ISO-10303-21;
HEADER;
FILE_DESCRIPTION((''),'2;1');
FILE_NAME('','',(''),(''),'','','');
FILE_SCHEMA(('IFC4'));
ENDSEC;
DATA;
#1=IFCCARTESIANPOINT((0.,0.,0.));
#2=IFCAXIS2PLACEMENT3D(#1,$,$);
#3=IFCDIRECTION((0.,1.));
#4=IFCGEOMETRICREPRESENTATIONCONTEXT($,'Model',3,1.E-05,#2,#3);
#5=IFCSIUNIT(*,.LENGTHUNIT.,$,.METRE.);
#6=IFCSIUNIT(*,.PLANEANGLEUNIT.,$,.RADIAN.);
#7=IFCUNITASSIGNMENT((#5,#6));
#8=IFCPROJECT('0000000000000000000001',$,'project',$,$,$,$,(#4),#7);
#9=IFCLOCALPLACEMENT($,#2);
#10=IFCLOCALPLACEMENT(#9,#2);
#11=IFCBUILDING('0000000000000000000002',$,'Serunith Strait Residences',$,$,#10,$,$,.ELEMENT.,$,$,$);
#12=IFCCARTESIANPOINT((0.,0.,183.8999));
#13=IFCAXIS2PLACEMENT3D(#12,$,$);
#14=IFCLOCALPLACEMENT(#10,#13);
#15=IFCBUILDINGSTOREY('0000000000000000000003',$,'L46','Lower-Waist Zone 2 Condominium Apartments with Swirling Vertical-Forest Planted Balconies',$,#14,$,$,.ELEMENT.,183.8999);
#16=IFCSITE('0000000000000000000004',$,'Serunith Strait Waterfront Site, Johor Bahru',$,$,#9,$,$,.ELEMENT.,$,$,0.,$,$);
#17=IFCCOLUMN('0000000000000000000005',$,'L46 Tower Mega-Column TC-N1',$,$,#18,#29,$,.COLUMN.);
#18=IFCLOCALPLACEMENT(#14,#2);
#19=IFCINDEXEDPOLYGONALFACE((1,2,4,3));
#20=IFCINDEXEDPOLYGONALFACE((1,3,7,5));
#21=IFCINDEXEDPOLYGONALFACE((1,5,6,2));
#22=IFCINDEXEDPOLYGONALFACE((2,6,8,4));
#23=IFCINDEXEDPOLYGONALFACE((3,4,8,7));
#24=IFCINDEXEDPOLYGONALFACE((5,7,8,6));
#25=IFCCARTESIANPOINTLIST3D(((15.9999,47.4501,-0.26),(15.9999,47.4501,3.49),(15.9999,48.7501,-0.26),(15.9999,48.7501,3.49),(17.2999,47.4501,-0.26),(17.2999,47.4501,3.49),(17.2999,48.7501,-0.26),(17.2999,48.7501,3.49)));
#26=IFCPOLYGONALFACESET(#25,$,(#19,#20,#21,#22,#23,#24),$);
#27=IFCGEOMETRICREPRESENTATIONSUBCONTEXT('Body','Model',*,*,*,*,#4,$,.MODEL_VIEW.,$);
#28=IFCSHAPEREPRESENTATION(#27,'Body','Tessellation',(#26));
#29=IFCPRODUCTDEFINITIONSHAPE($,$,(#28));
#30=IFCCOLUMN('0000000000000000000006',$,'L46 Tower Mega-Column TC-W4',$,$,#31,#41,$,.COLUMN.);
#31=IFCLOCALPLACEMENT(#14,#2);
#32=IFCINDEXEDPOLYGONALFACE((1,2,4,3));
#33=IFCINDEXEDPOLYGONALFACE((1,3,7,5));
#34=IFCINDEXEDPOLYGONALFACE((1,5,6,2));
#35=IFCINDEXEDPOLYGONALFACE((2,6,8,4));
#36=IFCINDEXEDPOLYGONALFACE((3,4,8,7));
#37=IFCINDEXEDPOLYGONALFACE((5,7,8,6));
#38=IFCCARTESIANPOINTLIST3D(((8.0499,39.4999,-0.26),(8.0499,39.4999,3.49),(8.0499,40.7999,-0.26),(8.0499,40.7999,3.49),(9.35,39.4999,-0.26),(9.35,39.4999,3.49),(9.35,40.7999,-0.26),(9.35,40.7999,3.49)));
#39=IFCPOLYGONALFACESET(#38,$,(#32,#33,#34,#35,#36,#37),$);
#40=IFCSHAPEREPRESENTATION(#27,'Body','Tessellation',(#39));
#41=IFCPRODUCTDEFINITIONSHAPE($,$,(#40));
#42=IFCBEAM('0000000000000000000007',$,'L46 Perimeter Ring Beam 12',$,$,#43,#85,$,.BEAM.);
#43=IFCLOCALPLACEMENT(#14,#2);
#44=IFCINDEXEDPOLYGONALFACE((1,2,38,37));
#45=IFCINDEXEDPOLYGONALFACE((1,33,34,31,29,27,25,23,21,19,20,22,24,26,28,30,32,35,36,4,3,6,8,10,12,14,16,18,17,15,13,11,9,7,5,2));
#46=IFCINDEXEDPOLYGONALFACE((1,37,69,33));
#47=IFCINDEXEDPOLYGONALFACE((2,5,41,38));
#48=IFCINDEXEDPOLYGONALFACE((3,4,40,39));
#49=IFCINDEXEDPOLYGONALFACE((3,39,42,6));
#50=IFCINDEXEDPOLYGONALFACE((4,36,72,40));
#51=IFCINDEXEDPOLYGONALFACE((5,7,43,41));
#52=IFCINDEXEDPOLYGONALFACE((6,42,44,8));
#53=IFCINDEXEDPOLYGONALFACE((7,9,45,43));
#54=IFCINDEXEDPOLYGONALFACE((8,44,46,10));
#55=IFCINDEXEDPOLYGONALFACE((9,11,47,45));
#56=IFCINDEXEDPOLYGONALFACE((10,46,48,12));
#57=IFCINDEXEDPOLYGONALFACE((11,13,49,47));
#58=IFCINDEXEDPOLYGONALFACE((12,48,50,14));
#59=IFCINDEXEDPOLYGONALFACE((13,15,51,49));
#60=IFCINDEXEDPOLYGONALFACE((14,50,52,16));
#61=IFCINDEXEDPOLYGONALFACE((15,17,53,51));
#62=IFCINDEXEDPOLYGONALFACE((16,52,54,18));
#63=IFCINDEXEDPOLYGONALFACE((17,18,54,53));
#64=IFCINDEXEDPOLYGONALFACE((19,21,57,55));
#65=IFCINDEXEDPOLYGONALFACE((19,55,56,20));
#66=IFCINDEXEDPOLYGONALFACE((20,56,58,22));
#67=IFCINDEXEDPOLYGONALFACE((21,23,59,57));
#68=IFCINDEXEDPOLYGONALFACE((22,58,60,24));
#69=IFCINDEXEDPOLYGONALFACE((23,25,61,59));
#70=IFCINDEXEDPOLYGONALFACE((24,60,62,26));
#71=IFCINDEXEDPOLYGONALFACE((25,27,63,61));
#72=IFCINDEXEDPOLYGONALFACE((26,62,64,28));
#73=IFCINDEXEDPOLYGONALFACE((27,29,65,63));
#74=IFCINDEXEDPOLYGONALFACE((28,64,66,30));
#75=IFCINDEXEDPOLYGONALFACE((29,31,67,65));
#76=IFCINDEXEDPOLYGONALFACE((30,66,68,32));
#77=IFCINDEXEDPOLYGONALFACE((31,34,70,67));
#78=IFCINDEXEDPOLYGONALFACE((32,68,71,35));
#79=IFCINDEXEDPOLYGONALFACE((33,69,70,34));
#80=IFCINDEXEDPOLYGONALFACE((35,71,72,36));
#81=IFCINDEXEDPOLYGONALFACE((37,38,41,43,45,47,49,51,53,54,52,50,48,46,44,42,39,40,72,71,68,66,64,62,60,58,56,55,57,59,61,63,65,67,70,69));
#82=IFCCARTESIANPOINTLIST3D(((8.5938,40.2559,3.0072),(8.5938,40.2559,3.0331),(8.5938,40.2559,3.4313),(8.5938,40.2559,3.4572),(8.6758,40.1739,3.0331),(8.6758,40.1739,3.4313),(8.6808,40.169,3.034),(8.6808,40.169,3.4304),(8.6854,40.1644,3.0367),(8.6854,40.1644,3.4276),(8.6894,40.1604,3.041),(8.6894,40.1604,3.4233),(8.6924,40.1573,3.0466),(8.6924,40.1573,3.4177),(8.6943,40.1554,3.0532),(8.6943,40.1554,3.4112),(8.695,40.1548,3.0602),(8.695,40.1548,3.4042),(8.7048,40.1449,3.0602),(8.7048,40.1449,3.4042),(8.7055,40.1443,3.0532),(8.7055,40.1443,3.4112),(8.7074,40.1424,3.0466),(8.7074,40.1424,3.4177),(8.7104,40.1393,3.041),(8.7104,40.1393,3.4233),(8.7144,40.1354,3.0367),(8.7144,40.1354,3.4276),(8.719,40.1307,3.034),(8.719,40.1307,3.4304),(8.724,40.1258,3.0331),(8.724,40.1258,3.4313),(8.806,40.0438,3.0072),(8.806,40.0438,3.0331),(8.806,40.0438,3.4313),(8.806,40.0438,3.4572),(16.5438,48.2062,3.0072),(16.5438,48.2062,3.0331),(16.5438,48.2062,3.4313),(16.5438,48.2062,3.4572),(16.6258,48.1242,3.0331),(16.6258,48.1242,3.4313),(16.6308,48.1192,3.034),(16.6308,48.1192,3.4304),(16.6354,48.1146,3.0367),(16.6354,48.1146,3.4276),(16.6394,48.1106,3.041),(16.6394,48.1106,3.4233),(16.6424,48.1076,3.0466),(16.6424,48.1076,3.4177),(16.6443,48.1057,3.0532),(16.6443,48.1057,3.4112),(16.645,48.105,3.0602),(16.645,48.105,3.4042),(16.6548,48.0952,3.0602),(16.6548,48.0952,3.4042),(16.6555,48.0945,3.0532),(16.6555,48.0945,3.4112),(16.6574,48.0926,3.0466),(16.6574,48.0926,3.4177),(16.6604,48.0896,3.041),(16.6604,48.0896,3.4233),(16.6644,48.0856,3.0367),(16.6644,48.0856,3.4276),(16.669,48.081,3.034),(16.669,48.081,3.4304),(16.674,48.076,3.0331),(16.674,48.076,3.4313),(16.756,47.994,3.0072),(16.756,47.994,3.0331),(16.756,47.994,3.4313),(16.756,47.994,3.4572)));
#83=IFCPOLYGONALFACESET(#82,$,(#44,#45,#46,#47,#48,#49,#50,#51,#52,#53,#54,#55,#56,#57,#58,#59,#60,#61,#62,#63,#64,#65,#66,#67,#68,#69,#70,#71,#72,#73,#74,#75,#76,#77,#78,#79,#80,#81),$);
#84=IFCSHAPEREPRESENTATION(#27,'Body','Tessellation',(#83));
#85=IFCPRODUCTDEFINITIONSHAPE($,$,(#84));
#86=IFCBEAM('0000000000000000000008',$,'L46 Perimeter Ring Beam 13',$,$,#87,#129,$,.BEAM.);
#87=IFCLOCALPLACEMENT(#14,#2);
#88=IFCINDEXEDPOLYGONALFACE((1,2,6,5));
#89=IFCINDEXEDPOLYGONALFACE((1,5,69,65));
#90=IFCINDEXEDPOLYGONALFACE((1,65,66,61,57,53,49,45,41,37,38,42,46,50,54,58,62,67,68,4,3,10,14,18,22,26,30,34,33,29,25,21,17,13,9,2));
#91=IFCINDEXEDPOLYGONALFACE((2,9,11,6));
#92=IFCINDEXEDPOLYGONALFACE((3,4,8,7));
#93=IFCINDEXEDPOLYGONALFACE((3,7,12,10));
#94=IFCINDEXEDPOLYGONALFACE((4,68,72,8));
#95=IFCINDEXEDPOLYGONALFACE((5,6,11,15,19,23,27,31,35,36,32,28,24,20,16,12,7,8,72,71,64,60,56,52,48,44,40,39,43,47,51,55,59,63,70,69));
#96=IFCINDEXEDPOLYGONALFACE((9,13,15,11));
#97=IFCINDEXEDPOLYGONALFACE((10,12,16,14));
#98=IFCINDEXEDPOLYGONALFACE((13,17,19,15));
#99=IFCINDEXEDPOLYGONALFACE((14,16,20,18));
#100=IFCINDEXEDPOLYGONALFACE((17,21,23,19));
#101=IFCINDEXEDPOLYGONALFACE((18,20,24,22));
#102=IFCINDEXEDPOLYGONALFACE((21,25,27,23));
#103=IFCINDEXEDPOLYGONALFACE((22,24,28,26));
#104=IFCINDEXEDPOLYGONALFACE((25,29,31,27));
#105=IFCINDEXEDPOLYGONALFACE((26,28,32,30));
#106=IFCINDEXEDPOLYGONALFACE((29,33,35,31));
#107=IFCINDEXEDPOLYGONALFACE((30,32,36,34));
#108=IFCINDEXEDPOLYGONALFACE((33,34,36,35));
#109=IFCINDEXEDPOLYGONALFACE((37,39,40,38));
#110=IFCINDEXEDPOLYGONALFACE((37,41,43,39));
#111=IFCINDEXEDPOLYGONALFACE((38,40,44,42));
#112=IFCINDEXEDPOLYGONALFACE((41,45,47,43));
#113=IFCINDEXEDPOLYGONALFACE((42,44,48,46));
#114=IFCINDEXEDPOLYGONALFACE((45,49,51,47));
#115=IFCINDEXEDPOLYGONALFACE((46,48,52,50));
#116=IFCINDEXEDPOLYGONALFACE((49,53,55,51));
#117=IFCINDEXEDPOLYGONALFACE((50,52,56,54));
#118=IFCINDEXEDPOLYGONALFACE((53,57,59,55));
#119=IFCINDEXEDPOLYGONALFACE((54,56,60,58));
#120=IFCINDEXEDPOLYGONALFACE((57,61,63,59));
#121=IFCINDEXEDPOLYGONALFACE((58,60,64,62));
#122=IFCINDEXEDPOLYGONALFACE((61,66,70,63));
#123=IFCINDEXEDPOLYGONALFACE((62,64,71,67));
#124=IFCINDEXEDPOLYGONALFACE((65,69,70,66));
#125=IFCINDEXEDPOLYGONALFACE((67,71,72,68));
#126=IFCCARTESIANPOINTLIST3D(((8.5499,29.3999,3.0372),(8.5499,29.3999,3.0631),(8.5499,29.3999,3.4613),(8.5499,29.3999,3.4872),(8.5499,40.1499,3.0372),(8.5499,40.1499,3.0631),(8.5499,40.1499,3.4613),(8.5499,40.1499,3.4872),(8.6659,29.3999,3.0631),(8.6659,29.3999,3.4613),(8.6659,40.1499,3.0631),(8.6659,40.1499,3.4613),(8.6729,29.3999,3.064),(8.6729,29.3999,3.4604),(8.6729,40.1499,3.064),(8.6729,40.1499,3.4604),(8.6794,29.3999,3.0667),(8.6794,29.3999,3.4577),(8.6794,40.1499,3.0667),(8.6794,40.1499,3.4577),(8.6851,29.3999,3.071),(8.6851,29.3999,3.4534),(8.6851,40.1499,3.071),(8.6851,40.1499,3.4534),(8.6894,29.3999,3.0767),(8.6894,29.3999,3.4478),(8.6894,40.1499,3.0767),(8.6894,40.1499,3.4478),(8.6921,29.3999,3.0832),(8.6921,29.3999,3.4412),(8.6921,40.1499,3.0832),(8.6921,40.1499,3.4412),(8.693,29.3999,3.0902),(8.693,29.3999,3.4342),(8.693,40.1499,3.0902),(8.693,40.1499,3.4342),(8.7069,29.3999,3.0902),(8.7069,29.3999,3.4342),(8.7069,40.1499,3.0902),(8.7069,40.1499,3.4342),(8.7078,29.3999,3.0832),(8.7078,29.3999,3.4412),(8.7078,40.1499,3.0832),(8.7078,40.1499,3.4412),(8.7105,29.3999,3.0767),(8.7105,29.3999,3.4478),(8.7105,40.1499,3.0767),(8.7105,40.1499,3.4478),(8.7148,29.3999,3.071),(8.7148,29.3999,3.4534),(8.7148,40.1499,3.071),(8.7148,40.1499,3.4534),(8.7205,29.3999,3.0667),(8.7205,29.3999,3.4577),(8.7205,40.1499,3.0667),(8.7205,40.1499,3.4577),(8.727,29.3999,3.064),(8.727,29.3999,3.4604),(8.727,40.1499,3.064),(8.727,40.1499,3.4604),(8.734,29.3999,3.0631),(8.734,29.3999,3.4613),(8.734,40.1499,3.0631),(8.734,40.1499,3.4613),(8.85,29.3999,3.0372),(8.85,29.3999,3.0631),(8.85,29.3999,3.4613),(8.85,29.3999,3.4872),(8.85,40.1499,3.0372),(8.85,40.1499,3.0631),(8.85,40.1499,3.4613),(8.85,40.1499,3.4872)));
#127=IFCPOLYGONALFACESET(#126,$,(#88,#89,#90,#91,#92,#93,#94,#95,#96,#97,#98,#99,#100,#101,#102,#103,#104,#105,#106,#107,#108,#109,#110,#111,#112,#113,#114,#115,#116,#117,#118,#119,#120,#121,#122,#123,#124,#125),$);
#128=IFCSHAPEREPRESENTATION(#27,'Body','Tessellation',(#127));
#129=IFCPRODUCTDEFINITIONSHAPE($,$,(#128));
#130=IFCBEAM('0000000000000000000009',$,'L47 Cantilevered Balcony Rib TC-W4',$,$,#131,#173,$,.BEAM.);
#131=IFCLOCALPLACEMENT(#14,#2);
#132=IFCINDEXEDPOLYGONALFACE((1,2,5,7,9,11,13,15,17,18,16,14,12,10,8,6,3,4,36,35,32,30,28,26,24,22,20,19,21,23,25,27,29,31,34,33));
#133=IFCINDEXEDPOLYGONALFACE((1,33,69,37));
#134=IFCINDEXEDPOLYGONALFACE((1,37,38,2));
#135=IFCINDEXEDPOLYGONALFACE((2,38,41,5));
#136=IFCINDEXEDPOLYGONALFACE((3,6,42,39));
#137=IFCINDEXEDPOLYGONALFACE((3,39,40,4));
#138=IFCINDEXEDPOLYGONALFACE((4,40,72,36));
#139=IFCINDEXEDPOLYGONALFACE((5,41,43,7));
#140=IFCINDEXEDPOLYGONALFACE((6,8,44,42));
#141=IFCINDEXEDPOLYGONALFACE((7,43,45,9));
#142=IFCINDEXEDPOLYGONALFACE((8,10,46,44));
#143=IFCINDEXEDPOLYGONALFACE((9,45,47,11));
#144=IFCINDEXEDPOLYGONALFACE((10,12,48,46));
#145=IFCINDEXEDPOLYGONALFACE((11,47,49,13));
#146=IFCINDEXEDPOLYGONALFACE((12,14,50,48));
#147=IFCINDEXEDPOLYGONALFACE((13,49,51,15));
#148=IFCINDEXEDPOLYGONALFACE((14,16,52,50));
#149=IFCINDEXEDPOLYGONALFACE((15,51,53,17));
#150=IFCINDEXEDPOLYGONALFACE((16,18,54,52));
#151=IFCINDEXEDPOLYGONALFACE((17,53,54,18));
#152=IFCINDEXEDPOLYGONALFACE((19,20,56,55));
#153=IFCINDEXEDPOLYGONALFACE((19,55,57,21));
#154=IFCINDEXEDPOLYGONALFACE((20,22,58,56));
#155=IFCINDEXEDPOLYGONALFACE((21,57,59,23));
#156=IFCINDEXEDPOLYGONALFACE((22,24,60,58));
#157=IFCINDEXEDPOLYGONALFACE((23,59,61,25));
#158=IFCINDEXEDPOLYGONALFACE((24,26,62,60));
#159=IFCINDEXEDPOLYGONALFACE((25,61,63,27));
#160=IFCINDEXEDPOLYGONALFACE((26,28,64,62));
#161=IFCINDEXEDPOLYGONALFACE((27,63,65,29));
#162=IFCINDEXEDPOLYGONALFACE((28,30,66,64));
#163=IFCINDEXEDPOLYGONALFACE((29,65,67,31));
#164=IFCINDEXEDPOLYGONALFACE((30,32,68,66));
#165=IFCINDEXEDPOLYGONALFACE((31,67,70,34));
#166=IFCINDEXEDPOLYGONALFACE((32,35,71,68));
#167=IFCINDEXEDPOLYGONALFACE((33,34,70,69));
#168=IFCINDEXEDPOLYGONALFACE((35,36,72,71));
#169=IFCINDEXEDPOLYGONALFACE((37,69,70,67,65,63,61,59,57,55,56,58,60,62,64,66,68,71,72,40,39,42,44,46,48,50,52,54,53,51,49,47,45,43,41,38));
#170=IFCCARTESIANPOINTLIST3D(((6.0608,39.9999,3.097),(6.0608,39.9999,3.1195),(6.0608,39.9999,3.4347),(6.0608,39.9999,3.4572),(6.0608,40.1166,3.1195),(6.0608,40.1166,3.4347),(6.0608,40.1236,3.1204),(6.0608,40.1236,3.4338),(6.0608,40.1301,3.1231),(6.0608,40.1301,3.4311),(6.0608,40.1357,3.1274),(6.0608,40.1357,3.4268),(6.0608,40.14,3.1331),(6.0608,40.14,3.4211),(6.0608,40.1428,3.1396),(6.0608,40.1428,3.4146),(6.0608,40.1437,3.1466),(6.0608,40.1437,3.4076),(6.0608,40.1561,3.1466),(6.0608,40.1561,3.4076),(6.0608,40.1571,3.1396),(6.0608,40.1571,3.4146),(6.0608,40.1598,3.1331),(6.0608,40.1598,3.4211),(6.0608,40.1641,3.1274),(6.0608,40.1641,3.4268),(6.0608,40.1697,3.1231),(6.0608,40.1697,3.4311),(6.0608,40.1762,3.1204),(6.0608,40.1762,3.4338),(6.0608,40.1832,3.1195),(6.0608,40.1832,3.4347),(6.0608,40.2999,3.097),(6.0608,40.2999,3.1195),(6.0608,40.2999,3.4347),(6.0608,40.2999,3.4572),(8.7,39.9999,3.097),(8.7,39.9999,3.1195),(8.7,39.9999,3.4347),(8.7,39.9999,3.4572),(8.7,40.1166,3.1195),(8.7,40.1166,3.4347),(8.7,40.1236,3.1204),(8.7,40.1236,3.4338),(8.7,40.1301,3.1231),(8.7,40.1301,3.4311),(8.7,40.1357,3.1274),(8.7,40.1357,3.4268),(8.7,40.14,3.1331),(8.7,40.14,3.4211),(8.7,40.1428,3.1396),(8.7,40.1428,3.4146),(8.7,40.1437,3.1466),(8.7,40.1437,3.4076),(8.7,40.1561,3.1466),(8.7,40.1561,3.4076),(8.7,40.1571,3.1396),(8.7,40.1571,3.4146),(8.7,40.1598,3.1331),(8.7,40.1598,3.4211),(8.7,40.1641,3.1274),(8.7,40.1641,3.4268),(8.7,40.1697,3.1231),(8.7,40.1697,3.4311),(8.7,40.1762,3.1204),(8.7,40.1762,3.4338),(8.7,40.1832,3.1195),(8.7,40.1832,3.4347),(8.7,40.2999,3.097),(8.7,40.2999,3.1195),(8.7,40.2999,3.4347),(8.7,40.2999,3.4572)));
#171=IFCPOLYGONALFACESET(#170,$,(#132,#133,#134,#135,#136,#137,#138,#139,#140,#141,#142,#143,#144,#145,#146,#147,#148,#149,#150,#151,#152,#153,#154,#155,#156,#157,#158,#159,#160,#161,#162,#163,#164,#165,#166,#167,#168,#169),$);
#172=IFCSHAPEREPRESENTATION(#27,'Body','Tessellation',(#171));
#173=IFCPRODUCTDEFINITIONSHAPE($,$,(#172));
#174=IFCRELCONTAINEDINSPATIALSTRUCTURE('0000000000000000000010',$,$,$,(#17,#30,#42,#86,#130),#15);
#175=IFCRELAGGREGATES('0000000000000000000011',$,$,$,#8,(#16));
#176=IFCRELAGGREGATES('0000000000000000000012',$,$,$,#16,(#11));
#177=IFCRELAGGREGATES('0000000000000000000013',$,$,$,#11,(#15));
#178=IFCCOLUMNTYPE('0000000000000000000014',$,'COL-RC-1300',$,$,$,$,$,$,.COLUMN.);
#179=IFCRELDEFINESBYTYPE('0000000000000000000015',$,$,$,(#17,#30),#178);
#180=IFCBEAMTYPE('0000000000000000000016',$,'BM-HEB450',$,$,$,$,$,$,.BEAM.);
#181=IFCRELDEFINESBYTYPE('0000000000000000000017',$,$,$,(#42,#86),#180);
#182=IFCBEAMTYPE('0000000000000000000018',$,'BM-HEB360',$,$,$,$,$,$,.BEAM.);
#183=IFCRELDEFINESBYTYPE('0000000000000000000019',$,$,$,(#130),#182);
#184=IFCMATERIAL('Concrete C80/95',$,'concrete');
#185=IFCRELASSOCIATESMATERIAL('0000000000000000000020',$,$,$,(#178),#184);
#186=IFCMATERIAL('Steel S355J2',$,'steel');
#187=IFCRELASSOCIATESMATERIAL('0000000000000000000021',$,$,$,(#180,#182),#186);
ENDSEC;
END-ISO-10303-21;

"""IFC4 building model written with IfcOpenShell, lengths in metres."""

from ifc_helpers import new_model, si_unit, direction, frame, origin, origin_2d, place, context, subcontext, project, spatial, rectangle, i_section, extrude, source, transform, mapped, material, material_profile, profile_set, type_object, element, save


model = new_model("IFC4")

# Units and contexts
model_context = context("Model", 3, precision=1e-05, world=origin(), true_north=direction((0.0, 1.0)))
body_context = subcontext(model_context, "Body", "Model", "MODEL_VIEW")
ifc_project = project(units=[si_unit("LENGTHUNIT", "METRE"), si_unit("PLANEANGLEUNIT", "RADIAN")], contexts=[model_context])

# Site, building, storey
site_placement = place(None, origin())
site = spatial("IfcSite", under=ifc_project, at=site_placement, Name="Serunith Strait Waterfront Site, Johor Bahru", CompositionType="ELEMENT", RefElevation=0.0)
building_placement = place(site_placement, origin())
building = spatial("IfcBuilding", under=site, at=building_placement, Name="Serunith Strait Residences", CompositionType="ELEMENT")
storey_placement = place(building_placement, frame((0.0, 0.0, 183.8999)))
storey = spatial("IfcBuildingStorey", under=building, at=storey_placement, Name="L46", Description="Lower-Waist Zone 2 Condominium Apartments with Swirling Vertical-Forest Planted Balconies", CompositionType="ELEMENT", Elevation=183.8999)

# Columns
ifc_material_1 = material(Name="Concrete C80/95", Category="concrete")
ifc_material_profile_1 = material_profile(ifc_material_1, rectangle(XDim=1.3, YDim=1.3, at=origin_2d()), Name="RC 1300x1300")
ifc_profile_set_1 = profile_set([ifc_material_profile_1], Name="Concrete C80/95")
column_type = type_object("IfcColumnType", Name="COL-RC-1300", PredefinedType="COLUMN", material=ifc_profile_set_1)
shared_shape_1 = source(origin(), body_context, "Body", "SweptSolid", [
    extrude(rectangle(XDim=1.3, YDim=1.3, at=origin_2d()), origin(), (0.0, 0.0, 1.0), 3.75),
])
for number, where, z_axis, x_axis, name in (
    (1, (16.6499, 48.1001, -0.26), (0.0, 0.0, 1.0), (1.0, 0.0, 0.0), "L46 Tower Mega-Column TC-N1"),
    (2, (8.7, 40.1499, -0.26), (0.0, 0.0, 1.0), (1.0, 0.0, 0.0), "L46 Tower Mega-Column TC-W4"),
):
    element("IfcColumn", number, at=place(storey_placement, frame(where, z_axis=z_axis, x_axis=x_axis)), inside=storey, type_object=column_type, Name=name, PredefinedType="COLUMN", context=body_context, shape_type="MappedRepresentation", body=[
        mapped(shared_shape_1, transform((0.0, 0.0, 0.0), scale=1.0)),
    ])

# Beams
ifc_material_2 = material(Name="Steel S355J2", Category="steel")
ifc_material_profile_2 = material_profile(ifc_material_2, i_section(OverallWidth=0.3, OverallDepth=0.45, WebThickness=0.0139, FlangeThickness=0.0259, FilletRadius=0.0271, at=origin_2d()), Name="HEB 450")
ifc_profile_set_2 = profile_set([ifc_material_profile_2], Name="Steel S355J2")
beam_type_1 = type_object("IfcBeamType", Name="BM-HEB450", PredefinedType="BEAM", material=ifc_profile_set_2)
shared_shape_2 = source(origin(), body_context, "Body", "SweptSolid", [
    extrude(i_section(OverallWidth=0.3, OverallDepth=0.45, WebThickness=0.0139, FlangeThickness=0.0259, FilletRadius=0.0271, at=origin_2d()), origin(), (0.0, 0.0, 1.0), 11.2432),
])
beam_1_placement = place(storey_placement, frame((16.6499, 48.1001, 3.2322), z_axis=(-0.707096, -0.707118, 0.0), x_axis=(0.707118, -0.707096, 0.0)))
element("IfcBeam", 3, at=beam_1_placement, inside=storey, type_object=beam_type_1, Name="L46 Perimeter Ring Beam 12", PredefinedType="BEAM", context=body_context, shape_type="MappedRepresentation", body=[
    mapped(shared_shape_2, transform((0.0, 0.0, 0.0), scale=1.0)),
])
shared_shape_3 = source(origin(), body_context, "Body", "SweptSolid", [
    extrude(i_section(OverallWidth=0.3, OverallDepth=0.45, WebThickness=0.0139, FlangeThickness=0.0259, FilletRadius=0.0271, at=origin_2d()), origin(), (0.0, 0.0, 1.0), 10.75),
])
beam_2_placement = place(storey_placement, frame((8.7, 40.1499, 3.2622), z_axis=(0.0, -1.0, 0.0), x_axis=(1.0, 0.0, 0.0)))
element("IfcBeam", 4, at=beam_2_placement, inside=storey, type_object=beam_type_1, Name="L46 Perimeter Ring Beam 13", PredefinedType="BEAM", context=body_context, shape_type="MappedRepresentation", body=[
    mapped(shared_shape_3, transform((0.0, 0.0, 0.0), scale=1.0)),
])
ifc_material_profile_3 = material_profile(ifc_material_2, i_section(OverallWidth=0.3, OverallDepth=0.3601, WebThickness=0.0125, FlangeThickness=0.0225, FilletRadius=0.0271, at=origin_2d()), Name="HEB 360")
ifc_profile_set_3 = profile_set([ifc_material_profile_3], Name="Steel S355J2")
beam_type_2 = type_object("IfcBeamType", Name="BM-HEB360", PredefinedType="BEAM", material=ifc_profile_set_3)
shared_shape_4 = source(origin(), body_context, "Body", "SweptSolid", [
    extrude(i_section(OverallWidth=0.3, OverallDepth=0.3601, WebThickness=0.0125, FlangeThickness=0.0225, FilletRadius=0.0271, at=origin_2d()), origin(), (0.0, 0.0, 1.0), 2.6392),
])
beam_3_placement = place(storey_placement, frame((8.7, 40.1499, 3.2771), z_axis=(-1.0, 0.0, 0.0), x_axis=(0.0, -1.0, 0.0)))
element("IfcBeam", 5, at=beam_3_placement, inside=storey, type_object=beam_type_2, Name="L47 Cantilevered Balcony Rib TC-W4", PredefinedType="BEAM", context=body_context, shape_type="MappedRepresentation", body=[
    mapped(shared_shape_4, transform((0.0, 0.0, 0.0), scale=1.0)),
])

save(model, "model.ifc")
